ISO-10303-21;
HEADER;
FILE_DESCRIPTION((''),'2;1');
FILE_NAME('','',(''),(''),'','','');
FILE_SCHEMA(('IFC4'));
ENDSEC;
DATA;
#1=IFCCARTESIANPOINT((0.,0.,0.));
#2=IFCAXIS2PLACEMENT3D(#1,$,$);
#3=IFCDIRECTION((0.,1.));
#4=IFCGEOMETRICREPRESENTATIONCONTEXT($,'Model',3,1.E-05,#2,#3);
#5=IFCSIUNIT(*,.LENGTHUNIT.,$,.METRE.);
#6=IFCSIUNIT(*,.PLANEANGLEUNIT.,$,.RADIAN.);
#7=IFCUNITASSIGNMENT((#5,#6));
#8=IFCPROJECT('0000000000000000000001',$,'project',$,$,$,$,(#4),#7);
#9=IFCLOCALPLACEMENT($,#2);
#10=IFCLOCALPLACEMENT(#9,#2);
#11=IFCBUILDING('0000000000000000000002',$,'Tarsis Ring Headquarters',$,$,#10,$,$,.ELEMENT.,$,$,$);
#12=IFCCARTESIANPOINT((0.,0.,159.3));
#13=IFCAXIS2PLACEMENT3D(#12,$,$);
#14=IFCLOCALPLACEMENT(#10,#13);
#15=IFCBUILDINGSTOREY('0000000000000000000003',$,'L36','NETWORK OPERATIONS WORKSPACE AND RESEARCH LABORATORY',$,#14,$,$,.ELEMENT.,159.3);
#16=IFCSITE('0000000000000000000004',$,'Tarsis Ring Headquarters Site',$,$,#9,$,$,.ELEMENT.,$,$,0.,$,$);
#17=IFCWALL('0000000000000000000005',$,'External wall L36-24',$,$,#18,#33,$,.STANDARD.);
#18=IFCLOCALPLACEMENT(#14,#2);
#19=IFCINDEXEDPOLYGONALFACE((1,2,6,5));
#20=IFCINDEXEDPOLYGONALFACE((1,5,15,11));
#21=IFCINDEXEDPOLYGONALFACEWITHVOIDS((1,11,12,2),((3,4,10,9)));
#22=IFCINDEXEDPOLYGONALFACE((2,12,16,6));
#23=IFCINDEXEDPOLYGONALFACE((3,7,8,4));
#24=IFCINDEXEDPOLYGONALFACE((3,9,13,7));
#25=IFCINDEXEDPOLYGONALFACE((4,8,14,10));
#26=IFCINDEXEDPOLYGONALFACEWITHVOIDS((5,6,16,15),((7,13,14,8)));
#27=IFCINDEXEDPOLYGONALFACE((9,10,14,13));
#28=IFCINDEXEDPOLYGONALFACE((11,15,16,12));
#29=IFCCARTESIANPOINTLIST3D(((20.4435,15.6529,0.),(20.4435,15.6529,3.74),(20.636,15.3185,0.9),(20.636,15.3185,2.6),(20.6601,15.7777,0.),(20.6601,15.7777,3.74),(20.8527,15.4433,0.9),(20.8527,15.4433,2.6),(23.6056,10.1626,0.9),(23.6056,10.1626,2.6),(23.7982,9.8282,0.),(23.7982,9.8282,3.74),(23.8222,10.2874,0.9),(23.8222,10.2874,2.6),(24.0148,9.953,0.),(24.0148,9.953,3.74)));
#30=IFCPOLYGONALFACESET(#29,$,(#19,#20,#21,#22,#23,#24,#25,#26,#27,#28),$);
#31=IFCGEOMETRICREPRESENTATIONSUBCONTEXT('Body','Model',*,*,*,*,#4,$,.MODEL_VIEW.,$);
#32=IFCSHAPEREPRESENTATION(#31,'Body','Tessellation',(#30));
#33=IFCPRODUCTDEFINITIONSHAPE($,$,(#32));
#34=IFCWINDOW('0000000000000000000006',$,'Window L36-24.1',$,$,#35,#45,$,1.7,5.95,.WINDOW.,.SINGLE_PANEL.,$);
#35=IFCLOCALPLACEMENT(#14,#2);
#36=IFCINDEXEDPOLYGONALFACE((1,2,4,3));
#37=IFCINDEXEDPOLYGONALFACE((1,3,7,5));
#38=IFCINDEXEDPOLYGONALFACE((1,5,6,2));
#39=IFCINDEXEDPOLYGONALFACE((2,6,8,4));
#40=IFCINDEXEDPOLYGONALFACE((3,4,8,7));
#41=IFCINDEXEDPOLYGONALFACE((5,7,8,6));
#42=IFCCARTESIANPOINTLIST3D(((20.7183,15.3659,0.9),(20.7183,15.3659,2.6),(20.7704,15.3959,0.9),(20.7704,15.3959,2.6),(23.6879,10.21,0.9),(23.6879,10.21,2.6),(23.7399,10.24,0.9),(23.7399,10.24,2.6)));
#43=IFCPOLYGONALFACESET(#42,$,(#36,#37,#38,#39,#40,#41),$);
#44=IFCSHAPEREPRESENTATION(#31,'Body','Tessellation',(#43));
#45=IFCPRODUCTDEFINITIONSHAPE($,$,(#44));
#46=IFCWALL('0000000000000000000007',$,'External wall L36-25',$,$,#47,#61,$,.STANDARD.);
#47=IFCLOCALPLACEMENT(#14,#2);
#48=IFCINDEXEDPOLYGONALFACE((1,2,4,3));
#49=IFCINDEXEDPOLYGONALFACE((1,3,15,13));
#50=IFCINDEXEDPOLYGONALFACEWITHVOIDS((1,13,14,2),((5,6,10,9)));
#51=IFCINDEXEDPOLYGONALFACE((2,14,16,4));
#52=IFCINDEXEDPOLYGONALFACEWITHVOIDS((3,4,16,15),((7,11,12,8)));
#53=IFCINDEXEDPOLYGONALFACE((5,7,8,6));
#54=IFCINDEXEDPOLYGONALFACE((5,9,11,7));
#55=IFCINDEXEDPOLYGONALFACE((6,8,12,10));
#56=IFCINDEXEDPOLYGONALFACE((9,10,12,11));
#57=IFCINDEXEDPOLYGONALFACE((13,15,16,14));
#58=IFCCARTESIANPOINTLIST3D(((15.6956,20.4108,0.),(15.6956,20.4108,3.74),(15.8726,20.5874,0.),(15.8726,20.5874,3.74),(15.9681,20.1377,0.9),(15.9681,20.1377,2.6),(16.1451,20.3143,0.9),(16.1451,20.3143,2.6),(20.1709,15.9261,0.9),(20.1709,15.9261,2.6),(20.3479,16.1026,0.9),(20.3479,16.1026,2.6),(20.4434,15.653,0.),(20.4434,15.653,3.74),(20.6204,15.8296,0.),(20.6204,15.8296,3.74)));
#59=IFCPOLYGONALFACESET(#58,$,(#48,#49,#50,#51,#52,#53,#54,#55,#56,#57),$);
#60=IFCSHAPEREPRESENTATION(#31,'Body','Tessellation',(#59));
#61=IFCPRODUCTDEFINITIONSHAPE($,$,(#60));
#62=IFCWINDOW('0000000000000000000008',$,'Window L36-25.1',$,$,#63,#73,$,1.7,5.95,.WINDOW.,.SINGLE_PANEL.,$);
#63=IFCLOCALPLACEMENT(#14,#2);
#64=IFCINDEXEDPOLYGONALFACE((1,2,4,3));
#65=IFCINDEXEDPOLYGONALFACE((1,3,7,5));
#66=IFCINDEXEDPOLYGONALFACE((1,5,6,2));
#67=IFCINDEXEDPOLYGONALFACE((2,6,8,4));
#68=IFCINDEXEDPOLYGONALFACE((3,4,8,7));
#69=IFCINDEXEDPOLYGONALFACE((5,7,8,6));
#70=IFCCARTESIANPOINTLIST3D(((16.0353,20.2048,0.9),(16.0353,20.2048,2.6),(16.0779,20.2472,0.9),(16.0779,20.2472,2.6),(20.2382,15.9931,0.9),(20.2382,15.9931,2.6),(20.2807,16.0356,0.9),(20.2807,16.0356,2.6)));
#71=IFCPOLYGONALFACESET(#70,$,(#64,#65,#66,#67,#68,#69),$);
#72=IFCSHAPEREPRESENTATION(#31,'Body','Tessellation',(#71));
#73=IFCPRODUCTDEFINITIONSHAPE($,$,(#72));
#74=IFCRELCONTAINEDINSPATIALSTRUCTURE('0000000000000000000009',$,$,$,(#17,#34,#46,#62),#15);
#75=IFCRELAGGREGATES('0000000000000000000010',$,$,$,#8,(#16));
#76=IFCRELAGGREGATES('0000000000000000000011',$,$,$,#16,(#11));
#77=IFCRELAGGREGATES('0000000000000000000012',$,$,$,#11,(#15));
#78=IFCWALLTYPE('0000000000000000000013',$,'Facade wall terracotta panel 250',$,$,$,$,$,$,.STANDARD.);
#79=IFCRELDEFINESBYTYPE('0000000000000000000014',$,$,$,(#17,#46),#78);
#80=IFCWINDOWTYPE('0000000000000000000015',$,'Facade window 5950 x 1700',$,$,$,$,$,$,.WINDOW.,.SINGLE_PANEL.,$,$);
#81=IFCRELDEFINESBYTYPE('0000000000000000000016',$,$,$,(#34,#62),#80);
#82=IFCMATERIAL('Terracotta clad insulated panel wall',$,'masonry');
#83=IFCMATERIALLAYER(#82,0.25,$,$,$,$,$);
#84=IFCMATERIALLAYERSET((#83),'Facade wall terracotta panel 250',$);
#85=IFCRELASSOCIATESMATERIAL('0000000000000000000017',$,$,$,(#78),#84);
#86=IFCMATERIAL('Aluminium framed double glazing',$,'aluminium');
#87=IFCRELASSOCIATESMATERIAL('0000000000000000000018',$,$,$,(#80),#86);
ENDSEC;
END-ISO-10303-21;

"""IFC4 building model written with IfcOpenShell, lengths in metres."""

from ifc_helpers import new_model, si_unit, direction, frame, frame_2d, origin, place, context, subcontext, project, spatial, rectangle, extrude, material, layer, layer_set, type_object, element, fill, save


model = new_model("IFC4")

# Units and contexts
model_context = context("Model", 3, precision=1e-05, world=origin(), true_north=direction((0.0, 1.0)))
body_context = subcontext(model_context, "Body", "Model", "MODEL_VIEW")
ifc_project = project(units=[si_unit("LENGTHUNIT", "METRE"), si_unit("PLANEANGLEUNIT", "RADIAN")], contexts=[model_context])

# Site, building, storey
site_placement = place(None, origin())
site = spatial("IfcSite", under=ifc_project, at=site_placement, Name="Tarsis Ring Headquarters Site", CompositionType="ELEMENT", RefElevation=0.0)
building_placement = place(site_placement, origin())
building = spatial("IfcBuilding", under=site, at=building_placement, Name="Tarsis Ring Headquarters", CompositionType="ELEMENT")
storey_placement = place(building_placement, frame((0.0, 0.0, 159.3)))
storey = spatial("IfcBuildingStorey", under=building, at=storey_placement, Name="L36", Description="NETWORK OPERATIONS WORKSPACE AND RESEARCH LABORATORY", CompositionType="ELEMENT", Elevation=159.3)

# Walls, openings, windows
ifc_material_1 = material(Name="Terracotta clad insulated panel wall", Category="masonry")
ifc_layer_1 = layer(ifc_material_1, 0.25)
ifc_layer_set_1 = layer_set([ifc_layer_1], Name="Facade wall terracotta panel 250")
wall_type_1 = type_object("IfcWallType", Name="Facade wall terracotta panel 250", PredefinedType="STANDARD", material=ifc_layer_set_1)
ifc_material_2 = material(Name="Aluminium framed double glazing", Category="aluminium")
window_type = type_object("IfcWindowType", Name="Facade window 5950 x 1700", PartitioningType="SINGLE_PANEL", PredefinedType="WINDOW", material=ifc_material_2)
wall_1_placement = place(storey_placement, frame((23.9065, 9.8906, 0.0), z_axis=(0.0, 0.0, 1.0), x_axis=(-0.499089, 0.866551, 0.0)))
wall_1 = element("IfcWall", 1, at=wall_1_placement, inside=storey, type_object=wall_type_1, Name="External wall L36-24", PredefinedType="STANDARD", context=body_context, shape_type="SweptSolid", body=[
    extrude(rectangle(XDim=6.7217, YDim=0.25, at=frame_2d((3.3608, 0.0))), origin(), (0.0, 0.0, 1.0), 3.74),
])
opening_1_placement = place(wall_1_placement, frame((0.3857, 0.0, 0.8999)))
opening_1 = element("IfcOpeningElement", 2, at=opening_1_placement, cuts=wall_1, PredefinedType="OPENING", context=body_context, shape_type="SweptSolid", body=[
    extrude(rectangle(XDim=5.95, YDim=1.7, at=frame_2d((2.9751, 0.8501))), frame((0.0, 0.135, 0.0), z_axis=(0.0, -1.0, 0.0), x_axis=(1.0, 0.0, 0.0)), (0.0, 0.0, 1.0), 0.27),
])
window_1_placement = place(opening_1_placement, origin())
window_1 = element("IfcWindow", 3, at=window_1_placement, inside=storey, type_object=window_type, Name="Window L36-24.1", OverallHeight=1.7, OverallWidth=5.95, PartitioningType="SINGLE_PANEL", PredefinedType="WINDOW", context=body_context, shape_type="SweptSolid", body=[
    extrude(rectangle(XDim=5.95, YDim=1.7, at=frame_2d((2.9751, 0.8501))), frame((0.0, 0.03, 0.0), z_axis=(0.0, -1.0, 0.0), x_axis=(1.0, 0.0, 0.0)), (0.0, 0.0, 1.0), 0.0601),
])
fill(opening_1, window_1)
wall_2_placement = place(storey_placement, frame((20.532, 15.7412, 0.0), z_axis=(0.0, 0.0, 1.0), x_axis=(-0.706362, 0.707851, 0.0)))
wall_2 = element("IfcWall", 4, at=wall_2_placement, inside=storey, type_object=wall_type_1, Name="External wall L36-25", PredefinedType="STANDARD", context=body_context, shape_type="SweptSolid", body=[
    extrude(rectangle(XDim=6.7214, YDim=0.25, at=frame_2d((3.3608, 0.0))), origin(), (0.0, 0.0, 1.0), 3.74),
])
opening_2_placement = place(wall_2_placement, frame((0.3857, 0.0, 0.8999)))
opening_2 = element("IfcOpeningElement", 5, at=opening_2_placement, cuts=wall_2, PredefinedType="OPENING", context=body_context, shape_type="SweptSolid", body=[
    extrude(rectangle(XDim=5.95, YDim=1.7, at=frame_2d((2.9751, 0.8501))), frame((0.0, 0.135, 0.0), z_axis=(0.0, -1.0, 0.0), x_axis=(1.0, 0.0, 0.0)), (0.0, 0.0, 1.0), 0.27),
])
window_2_placement = place(opening_2_placement, origin())
window_2 = element("IfcWindow", 6, at=window_2_placement, inside=storey, type_object=window_type, Name="Window L36-25.1", OverallHeight=1.7, OverallWidth=5.95, PartitioningType="SINGLE_PANEL", PredefinedType="WINDOW", context=body_context, shape_type="SweptSolid", body=[
    extrude(rectangle(XDim=5.95, YDim=1.7, at=frame_2d((2.9751, 0.8501))), frame((0.0, 0.03, 0.0), z_axis=(0.0, -1.0, 0.0), x_axis=(1.0, 0.0, 0.0)), (0.0, 0.0, 1.0), 0.0601),
])
fill(opening_2, window_2)

save(model, "model.ifc")
